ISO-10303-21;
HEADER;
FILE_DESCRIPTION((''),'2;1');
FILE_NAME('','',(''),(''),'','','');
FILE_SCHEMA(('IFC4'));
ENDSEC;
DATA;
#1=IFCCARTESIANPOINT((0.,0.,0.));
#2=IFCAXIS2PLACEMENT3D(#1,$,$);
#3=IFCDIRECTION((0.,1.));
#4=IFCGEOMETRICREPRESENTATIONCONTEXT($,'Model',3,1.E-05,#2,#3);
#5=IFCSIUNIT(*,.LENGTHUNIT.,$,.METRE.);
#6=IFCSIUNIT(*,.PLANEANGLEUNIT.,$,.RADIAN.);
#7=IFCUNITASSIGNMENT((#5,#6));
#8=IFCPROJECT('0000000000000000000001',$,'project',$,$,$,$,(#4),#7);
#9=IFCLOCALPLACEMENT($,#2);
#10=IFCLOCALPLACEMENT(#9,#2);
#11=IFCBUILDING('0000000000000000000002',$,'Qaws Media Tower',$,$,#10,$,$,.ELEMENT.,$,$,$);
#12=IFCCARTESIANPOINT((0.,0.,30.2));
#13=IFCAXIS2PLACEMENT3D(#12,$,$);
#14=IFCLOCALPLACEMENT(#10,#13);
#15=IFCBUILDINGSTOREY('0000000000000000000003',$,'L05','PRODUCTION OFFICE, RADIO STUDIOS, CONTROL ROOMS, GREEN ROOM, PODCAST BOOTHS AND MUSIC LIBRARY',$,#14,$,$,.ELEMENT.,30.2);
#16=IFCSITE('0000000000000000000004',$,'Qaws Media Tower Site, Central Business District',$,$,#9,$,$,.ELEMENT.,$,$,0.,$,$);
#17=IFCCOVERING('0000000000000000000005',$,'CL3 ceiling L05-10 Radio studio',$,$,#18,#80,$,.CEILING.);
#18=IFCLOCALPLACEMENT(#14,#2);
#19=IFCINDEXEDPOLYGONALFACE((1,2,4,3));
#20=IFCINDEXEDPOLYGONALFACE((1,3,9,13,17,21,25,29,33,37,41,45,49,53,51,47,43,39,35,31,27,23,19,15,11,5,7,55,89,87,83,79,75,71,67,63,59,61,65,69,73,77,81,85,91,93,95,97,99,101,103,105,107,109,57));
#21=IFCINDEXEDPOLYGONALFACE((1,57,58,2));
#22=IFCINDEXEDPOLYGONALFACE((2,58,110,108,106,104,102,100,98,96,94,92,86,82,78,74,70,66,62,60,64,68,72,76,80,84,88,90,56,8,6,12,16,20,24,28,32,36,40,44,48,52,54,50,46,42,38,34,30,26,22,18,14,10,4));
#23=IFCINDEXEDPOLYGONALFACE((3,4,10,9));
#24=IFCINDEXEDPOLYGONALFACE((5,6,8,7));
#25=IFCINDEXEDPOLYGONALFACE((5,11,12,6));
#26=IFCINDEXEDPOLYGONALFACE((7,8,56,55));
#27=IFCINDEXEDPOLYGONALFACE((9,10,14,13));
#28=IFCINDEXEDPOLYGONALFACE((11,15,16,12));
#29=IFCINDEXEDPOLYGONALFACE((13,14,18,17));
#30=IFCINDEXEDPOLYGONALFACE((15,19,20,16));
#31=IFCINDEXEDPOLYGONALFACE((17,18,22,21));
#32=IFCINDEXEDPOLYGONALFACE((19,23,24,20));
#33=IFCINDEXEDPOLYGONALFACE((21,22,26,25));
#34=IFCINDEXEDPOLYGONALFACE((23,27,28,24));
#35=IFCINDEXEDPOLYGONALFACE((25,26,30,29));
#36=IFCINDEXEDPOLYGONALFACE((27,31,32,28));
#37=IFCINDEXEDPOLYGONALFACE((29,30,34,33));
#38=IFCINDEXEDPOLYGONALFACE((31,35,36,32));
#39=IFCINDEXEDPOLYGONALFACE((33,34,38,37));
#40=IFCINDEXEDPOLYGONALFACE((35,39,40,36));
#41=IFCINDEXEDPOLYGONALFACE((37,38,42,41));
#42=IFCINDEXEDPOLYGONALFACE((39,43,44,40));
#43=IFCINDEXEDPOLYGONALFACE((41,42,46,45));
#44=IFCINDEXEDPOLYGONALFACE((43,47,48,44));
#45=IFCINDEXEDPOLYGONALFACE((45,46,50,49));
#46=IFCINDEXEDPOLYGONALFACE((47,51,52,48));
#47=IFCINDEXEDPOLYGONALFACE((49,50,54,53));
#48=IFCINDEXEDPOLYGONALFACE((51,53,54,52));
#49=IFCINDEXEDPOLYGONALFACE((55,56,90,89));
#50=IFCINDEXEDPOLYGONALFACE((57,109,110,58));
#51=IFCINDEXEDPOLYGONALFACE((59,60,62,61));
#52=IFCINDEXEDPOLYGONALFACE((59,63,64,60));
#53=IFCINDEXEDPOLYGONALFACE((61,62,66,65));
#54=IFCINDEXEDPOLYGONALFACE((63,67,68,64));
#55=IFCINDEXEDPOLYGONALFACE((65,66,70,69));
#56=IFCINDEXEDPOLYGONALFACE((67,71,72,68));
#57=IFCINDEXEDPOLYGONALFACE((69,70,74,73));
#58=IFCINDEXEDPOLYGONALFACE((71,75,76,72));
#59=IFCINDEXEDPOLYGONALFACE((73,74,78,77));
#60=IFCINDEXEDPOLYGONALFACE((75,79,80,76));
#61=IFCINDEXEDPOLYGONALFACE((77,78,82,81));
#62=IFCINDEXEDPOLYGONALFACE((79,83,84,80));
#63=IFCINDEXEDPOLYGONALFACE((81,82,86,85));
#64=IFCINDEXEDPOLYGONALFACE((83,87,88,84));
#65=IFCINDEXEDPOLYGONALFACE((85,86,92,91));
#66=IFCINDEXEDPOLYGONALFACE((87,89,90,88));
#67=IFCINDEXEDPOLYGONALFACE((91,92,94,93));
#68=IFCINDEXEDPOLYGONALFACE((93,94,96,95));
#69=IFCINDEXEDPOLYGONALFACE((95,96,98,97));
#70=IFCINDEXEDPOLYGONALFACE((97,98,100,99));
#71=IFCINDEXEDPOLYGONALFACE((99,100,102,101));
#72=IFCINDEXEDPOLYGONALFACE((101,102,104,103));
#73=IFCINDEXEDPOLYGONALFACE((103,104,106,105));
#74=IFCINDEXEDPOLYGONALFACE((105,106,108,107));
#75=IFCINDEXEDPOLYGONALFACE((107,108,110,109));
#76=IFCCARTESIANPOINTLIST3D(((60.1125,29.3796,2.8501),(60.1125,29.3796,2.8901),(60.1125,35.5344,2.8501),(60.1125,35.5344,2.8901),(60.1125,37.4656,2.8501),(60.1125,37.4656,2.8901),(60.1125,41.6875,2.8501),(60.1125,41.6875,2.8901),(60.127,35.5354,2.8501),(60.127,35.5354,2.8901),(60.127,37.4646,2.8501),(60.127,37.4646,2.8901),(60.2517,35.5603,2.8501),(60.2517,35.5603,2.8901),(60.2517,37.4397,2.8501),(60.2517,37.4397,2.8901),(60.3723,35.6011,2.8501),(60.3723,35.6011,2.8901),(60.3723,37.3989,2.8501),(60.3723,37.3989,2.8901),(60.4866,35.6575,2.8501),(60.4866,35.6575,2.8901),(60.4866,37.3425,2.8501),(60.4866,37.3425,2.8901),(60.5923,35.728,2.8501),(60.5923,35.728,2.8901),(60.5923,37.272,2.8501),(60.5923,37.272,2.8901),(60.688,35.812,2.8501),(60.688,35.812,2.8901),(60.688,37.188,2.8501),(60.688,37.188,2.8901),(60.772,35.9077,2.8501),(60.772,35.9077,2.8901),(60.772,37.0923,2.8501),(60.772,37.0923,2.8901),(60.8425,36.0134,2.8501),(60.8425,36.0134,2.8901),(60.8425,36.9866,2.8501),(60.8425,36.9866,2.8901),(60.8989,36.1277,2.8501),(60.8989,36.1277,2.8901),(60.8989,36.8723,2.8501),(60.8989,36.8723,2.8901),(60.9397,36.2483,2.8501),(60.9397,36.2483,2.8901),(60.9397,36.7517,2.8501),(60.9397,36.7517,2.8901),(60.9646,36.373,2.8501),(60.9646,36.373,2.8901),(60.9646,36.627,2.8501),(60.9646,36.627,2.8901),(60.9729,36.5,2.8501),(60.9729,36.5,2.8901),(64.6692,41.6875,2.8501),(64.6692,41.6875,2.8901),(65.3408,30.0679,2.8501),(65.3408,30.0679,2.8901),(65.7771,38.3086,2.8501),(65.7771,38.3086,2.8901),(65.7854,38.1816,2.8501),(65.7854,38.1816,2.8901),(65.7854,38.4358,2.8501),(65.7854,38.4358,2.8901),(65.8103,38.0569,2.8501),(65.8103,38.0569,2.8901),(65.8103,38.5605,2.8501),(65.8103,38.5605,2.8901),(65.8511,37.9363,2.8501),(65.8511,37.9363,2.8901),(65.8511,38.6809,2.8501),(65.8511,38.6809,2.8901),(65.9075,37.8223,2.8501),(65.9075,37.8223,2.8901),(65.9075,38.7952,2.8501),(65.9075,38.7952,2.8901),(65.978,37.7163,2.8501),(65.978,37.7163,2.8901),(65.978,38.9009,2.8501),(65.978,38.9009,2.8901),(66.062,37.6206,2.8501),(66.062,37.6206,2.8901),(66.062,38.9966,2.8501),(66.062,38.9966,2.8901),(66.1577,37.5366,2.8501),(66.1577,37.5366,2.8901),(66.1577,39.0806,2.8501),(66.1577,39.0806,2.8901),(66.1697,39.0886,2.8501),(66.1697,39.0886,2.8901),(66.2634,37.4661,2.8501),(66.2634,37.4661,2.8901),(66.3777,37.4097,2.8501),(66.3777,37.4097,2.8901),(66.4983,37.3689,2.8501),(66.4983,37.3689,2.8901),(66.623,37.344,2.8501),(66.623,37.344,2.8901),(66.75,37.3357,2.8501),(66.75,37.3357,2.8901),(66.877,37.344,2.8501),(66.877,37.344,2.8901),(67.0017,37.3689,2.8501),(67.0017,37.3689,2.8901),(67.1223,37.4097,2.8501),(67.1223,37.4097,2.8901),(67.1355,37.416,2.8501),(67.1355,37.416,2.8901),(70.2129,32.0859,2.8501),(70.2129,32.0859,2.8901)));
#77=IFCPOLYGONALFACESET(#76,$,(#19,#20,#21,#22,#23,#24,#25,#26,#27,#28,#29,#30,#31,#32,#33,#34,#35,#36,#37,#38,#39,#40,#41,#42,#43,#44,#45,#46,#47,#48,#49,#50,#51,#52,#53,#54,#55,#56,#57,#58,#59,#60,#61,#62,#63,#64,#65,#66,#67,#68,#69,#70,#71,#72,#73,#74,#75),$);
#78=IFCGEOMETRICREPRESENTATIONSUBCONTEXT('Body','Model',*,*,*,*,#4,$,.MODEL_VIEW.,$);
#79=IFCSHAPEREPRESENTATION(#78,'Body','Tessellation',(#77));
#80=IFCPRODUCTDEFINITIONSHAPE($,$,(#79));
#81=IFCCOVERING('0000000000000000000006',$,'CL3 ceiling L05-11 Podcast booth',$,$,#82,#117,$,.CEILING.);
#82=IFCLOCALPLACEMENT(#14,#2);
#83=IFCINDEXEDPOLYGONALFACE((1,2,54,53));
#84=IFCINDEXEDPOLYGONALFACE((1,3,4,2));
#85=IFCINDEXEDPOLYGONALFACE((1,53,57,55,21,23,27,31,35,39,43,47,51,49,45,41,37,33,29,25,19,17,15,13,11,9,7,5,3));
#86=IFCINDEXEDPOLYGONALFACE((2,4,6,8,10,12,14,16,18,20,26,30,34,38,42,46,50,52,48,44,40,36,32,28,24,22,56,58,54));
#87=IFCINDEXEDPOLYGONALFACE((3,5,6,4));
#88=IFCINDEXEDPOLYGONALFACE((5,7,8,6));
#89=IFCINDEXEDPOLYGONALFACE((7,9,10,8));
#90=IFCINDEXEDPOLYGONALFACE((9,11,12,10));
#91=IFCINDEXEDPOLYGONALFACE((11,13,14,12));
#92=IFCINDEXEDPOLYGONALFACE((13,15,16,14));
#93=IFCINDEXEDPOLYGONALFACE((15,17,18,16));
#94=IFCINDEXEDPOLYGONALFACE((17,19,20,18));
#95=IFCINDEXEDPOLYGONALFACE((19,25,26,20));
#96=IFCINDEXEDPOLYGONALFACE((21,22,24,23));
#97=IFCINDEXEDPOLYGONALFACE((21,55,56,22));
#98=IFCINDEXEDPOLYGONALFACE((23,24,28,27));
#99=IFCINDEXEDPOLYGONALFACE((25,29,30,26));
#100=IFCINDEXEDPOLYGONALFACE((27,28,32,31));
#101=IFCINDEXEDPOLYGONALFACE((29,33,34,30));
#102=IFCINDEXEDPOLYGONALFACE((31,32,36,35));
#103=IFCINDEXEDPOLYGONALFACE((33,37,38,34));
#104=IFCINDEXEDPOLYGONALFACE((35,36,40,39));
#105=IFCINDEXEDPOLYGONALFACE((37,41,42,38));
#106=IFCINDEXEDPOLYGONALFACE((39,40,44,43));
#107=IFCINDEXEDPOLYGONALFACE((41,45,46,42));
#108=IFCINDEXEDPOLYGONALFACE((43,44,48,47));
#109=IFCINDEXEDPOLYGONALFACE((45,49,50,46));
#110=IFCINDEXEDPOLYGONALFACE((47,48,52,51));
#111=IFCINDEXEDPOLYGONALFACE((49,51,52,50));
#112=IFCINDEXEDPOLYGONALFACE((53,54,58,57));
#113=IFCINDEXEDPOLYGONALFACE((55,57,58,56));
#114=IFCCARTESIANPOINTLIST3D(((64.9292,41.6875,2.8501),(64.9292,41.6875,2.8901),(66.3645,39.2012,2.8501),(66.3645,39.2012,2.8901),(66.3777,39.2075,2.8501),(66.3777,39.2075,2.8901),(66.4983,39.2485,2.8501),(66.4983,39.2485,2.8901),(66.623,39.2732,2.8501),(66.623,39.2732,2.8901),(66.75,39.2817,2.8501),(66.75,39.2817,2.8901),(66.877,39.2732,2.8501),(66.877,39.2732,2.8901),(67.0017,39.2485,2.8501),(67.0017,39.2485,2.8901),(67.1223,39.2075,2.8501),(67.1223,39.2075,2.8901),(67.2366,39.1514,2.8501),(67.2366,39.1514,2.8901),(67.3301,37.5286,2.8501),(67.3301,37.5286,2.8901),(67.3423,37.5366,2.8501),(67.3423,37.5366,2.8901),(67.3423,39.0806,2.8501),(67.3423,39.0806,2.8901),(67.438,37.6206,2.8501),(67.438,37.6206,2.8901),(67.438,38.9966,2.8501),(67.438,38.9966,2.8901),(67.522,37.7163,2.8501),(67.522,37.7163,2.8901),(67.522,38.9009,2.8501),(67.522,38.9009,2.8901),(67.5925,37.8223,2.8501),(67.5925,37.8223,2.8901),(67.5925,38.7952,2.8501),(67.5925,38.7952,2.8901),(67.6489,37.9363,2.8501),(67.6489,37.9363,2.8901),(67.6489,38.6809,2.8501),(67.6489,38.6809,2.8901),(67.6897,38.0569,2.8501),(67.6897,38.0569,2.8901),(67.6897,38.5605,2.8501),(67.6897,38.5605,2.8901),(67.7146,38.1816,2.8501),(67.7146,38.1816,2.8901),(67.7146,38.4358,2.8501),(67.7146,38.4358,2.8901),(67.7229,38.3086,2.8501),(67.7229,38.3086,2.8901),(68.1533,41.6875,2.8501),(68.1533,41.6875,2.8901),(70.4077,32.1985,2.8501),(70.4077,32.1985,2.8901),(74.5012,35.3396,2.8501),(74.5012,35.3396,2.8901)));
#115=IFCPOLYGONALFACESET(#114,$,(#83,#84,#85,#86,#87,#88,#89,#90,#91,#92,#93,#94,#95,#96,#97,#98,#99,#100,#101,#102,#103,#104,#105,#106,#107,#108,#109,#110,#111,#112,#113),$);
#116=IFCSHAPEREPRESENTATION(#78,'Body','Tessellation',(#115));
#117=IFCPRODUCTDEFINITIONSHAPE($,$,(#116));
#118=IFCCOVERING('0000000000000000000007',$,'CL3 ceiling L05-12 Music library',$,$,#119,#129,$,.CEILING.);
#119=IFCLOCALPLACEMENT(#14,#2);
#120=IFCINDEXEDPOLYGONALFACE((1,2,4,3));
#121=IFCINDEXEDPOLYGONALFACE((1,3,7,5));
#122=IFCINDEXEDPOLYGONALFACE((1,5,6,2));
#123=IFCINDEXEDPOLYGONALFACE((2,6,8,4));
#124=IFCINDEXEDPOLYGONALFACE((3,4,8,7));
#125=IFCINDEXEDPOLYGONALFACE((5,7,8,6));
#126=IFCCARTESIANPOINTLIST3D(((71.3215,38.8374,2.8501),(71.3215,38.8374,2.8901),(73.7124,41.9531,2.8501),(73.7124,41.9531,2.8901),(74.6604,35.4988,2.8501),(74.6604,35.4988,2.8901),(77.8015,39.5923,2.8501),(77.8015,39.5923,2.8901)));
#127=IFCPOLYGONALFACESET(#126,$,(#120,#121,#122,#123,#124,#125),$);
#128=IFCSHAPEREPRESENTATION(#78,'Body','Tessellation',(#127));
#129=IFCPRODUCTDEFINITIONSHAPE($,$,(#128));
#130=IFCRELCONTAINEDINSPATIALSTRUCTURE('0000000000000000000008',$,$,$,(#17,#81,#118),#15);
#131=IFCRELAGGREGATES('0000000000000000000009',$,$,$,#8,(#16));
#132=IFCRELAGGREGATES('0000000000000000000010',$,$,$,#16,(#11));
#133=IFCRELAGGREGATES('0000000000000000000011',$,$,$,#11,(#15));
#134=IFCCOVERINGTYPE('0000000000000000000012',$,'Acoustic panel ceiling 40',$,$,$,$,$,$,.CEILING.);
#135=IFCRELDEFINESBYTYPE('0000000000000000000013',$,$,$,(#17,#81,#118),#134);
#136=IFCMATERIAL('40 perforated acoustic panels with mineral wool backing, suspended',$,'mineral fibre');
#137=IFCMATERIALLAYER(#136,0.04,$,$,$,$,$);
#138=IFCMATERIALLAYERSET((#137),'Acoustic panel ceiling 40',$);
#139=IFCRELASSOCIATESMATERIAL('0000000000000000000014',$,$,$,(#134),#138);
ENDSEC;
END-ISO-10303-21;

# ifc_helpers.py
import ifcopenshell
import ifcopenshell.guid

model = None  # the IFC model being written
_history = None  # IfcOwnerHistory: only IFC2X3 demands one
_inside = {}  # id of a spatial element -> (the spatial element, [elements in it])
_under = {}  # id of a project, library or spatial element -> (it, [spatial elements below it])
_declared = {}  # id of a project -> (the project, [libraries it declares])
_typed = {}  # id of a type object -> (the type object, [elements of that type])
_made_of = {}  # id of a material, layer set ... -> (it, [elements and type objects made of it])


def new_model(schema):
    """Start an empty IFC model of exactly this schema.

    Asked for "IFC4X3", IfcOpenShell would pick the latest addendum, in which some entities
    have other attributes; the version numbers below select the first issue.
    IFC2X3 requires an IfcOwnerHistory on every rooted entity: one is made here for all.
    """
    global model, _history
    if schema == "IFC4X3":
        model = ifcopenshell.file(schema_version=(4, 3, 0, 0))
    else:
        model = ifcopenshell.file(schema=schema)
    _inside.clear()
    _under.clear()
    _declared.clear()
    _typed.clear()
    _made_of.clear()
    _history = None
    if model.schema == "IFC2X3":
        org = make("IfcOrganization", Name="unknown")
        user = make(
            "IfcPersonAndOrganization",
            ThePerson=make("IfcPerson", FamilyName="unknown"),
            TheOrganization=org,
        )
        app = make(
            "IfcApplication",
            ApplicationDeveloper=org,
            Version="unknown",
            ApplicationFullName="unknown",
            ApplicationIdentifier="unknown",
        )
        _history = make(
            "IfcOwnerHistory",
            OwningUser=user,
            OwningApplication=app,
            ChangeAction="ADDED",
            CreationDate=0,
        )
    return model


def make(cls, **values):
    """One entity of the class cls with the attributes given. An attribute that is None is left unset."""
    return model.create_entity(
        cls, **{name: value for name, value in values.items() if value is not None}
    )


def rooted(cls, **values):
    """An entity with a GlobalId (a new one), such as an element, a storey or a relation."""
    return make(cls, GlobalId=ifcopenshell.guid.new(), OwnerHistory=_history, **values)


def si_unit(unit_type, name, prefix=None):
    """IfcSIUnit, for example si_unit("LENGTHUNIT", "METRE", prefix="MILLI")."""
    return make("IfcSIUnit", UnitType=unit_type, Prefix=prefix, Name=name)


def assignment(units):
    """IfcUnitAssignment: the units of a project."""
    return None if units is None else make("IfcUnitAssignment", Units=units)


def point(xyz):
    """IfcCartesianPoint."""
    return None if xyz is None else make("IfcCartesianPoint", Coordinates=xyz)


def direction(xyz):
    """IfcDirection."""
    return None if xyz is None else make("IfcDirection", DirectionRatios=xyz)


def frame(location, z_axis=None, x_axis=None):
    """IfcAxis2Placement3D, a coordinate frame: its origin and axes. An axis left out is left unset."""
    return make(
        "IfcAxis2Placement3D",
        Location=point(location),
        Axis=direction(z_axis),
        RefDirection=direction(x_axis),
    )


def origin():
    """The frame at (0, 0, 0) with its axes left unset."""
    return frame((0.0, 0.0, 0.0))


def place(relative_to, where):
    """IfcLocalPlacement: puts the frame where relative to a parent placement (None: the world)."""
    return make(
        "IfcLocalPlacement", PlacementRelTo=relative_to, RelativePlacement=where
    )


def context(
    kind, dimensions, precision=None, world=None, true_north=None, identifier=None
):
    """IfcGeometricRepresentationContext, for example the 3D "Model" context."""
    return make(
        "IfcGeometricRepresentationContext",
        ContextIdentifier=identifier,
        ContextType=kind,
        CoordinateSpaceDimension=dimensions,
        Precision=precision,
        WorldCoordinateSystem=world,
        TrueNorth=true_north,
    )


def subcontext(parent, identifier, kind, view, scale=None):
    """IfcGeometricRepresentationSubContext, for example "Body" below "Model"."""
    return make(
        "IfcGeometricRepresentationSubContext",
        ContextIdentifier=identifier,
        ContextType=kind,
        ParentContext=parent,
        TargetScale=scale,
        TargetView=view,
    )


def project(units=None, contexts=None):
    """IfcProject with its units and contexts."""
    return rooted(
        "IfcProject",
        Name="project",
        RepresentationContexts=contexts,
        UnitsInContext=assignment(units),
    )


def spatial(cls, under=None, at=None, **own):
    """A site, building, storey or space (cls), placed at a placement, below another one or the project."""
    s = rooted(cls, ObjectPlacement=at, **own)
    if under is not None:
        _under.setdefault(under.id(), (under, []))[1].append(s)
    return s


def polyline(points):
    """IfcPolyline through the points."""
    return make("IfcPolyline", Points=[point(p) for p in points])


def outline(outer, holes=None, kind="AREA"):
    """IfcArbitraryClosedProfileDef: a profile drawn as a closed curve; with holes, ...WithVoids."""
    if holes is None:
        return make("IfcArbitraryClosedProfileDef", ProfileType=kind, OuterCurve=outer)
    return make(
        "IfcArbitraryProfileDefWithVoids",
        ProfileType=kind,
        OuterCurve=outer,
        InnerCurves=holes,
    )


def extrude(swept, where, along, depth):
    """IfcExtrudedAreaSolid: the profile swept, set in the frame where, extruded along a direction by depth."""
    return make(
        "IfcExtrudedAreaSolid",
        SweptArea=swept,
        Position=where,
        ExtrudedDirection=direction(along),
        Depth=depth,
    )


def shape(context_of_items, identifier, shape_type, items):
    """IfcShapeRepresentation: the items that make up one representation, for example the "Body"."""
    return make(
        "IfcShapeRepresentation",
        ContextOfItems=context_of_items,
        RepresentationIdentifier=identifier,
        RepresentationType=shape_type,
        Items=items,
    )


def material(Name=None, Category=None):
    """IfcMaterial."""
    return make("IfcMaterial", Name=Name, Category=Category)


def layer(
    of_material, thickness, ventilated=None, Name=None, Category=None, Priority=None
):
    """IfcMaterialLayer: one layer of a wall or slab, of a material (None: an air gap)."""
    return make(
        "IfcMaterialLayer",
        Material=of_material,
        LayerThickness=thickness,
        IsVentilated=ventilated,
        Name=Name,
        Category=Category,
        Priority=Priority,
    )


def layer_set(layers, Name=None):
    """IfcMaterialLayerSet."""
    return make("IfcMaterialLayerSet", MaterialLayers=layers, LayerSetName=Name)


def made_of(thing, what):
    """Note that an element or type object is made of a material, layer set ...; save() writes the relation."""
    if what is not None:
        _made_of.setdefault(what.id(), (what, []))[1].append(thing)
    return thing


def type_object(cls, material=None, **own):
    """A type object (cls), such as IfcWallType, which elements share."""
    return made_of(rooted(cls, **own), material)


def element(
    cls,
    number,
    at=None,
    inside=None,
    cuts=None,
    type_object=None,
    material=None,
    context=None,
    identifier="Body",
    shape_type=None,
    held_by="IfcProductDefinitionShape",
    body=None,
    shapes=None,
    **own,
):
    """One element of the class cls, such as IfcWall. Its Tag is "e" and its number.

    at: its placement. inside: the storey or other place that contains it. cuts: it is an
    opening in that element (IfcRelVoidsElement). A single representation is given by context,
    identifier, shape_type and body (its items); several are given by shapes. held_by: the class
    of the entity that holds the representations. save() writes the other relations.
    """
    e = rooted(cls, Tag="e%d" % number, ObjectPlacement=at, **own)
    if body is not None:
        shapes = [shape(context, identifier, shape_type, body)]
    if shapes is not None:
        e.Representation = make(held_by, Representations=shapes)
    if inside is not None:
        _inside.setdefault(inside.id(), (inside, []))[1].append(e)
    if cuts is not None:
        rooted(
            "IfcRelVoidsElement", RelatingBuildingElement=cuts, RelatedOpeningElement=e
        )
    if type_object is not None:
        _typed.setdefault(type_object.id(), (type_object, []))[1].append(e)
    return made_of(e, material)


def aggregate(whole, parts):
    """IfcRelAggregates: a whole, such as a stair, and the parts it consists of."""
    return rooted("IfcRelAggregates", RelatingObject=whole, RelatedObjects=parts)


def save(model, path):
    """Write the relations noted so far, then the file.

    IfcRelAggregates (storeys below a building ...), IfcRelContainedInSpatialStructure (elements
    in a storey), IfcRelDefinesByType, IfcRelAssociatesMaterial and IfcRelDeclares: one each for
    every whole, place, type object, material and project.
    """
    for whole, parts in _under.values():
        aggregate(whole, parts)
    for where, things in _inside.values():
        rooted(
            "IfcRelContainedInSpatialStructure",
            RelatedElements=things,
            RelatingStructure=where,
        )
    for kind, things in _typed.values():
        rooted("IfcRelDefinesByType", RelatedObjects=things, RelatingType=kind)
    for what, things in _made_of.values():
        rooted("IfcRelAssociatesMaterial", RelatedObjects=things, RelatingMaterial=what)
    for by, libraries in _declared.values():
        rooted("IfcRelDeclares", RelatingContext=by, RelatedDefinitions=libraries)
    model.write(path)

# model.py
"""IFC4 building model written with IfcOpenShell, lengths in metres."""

from ifc_helpers import new_model, si_unit, direction, frame, origin, place, context, subcontext, project, spatial, polyline, outline, extrude, material, layer, layer_set, type_object, element, save


model = new_model("IFC4")

# Units and contexts
model_context = context("Model", 3, precision=1e-05, world=origin(), true_north=direction((0.0, 1.0)))
body_context = subcontext(model_context, "Body", "Model", "MODEL_VIEW")
ifc_project = project(units=[si_unit("LENGTHUNIT", "METRE"), si_unit("PLANEANGLEUNIT", "RADIAN")], contexts=[model_context])

# Site, building, storey
site_placement = place(None, origin())
site = spatial("IfcSite", under=ifc_project, at=site_placement, Name="Qaws Media Tower Site, Central Business District", CompositionType="ELEMENT", RefElevation=0.0)
building_placement = place(site_placement, origin())
building = spatial("IfcBuilding", under=site, at=building_placement, Name="Qaws Media Tower", CompositionType="ELEMENT")
storey_placement = place(building_placement, frame((0.0, 0.0, 30.2)))
storey = spatial("IfcBuildingStorey", under=building, at=storey_placement, Name="L05", Description="PRODUCTION OFFICE, RADIO STUDIOS, CONTROL ROOMS, GREEN ROOM, PODCAST BOOTHS AND MUSIC LIBRARY", CompositionType="ELEMENT", Elevation=30.2)

# Coverings
ifc_material_1 = material(Name="40 perforated acoustic panels with mineral wool backing, suspended", Category="mineral fibre")
ifc_layer_1 = layer(ifc_material_1, 0.04)
ifc_layer_set_1 = layer_set([ifc_layer_1], Name="Acoustic panel ceiling 40")
covering_type_1 = type_object("IfcCoveringType", Name="Acoustic panel ceiling 40", PredefinedType="CEILING", material=ifc_layer_set_1)
covering_1_placement = place(storey_placement, frame((0.0, 0.0, 2.8501)))
element("IfcCovering", 1, at=covering_1_placement, inside=storey, type_object=covering_type_1, Name="CL3 ceiling L05-10 Radio studio", PredefinedType="CEILING", context=body_context, shape_type="SweptSolid", body=[
    extrude(outline(polyline([(65.3408, 30.0679), (60.1125, 29.3796), (60.1125, 35.5344), (60.127, 35.5354), (60.2517, 35.5603), (60.3723, 35.6011), (60.4866, 35.6575), (60.5923, 35.728), (60.688, 35.812), (60.772, 35.9077), (60.8425, 36.0134), (60.8989, 36.1277), (60.9397, 36.2483), (60.9646, 36.373), (60.9729, 36.5), (60.9646, 36.627), (60.9397, 36.7517), (60.8989, 36.8723), (60.8425, 36.9866), (60.772, 37.0923), (60.688, 37.188), (60.5923, 37.272), (60.4866, 37.3425), (60.3723, 37.3989), (60.2517, 37.4397), (60.127, 37.4646), (60.1125, 37.4656), (60.1125, 41.6875), (64.6692, 41.6875), (66.1697, 39.0886), (66.1577, 39.0806), (66.062, 38.9966), (65.978, 38.9009), (65.9075, 38.7952), (65.8511, 38.6809), (65.8103, 38.5605), (65.7854, 38.4358), (65.7771, 38.3086), (65.7854, 38.1816), (65.8103, 38.0569), (65.8511, 37.9363), (65.9075, 37.8223), (65.978, 37.7163), (66.062, 37.6206), (66.1577, 37.5366), (66.2634, 37.4661), (66.3777, 37.4097), (66.4983, 37.3689), (66.623, 37.344), (66.75, 37.3357), (66.877, 37.344), (67.0017, 37.3689), (67.1223, 37.4097), (67.1355, 37.416), (70.2129, 32.0859), (65.3408, 30.0679)])), origin(), (0.0, 0.0, 1.0), 0.04),
])
covering_2_placement = place(storey_placement, frame((0.0, 0.0, 2.8501)))
element("IfcCovering", 2, at=covering_2_placement, inside=storey, type_object=covering_type_1, Name="CL3 ceiling L05-11 Podcast booth", PredefinedType="CEILING", context=body_context, shape_type="SweptSolid", body=[
    extrude(outline(polyline([(70.4077, 32.1985), (67.3301, 37.5286), (67.3423, 37.5366), (67.438, 37.6206), (67.522, 37.7163), (67.5925, 37.8223), (67.6489, 37.9363), (67.6897, 38.0569), (67.7146, 38.1816), (67.7229, 38.3086), (67.7146, 38.4358), (67.6897, 38.5605), (67.6489, 38.6809), (67.5925, 38.7952), (67.522, 38.9009), (67.438, 38.9966), (67.3423, 39.0806), (67.2366, 39.1514), (67.1223, 39.2075), (67.0017, 39.2485), (66.877, 39.2732), (66.75, 39.2817), (66.623, 39.2732), (66.4983, 39.2485), (66.3777, 39.2075), (66.3645, 39.2012), (64.9292, 41.6875), (68.1533, 41.6875), (74.5012, 35.3396), (70.4077, 32.1985)])), origin(), (0.0, 0.0, 1.0), 0.04),
])
covering_3_placement = place(storey_placement, frame((0.0, 0.0, 2.8501)))
element("IfcCovering", 3, at=covering_3_placement, inside=storey, type_object=covering_type_1, Name="CL3 ceiling L05-12 Music library", PredefinedType="CEILING", context=body_context, shape_type="SweptSolid", body=[
    extrude(outline(polyline([(74.6604, 35.4988), (71.3215, 38.8374), (73.7124, 41.9531), (77.8015, 39.5923), (74.6604, 35.4988)])), origin(), (0.0, 0.0, 1.0), 0.04),
])

save(model, "model.ifc")
